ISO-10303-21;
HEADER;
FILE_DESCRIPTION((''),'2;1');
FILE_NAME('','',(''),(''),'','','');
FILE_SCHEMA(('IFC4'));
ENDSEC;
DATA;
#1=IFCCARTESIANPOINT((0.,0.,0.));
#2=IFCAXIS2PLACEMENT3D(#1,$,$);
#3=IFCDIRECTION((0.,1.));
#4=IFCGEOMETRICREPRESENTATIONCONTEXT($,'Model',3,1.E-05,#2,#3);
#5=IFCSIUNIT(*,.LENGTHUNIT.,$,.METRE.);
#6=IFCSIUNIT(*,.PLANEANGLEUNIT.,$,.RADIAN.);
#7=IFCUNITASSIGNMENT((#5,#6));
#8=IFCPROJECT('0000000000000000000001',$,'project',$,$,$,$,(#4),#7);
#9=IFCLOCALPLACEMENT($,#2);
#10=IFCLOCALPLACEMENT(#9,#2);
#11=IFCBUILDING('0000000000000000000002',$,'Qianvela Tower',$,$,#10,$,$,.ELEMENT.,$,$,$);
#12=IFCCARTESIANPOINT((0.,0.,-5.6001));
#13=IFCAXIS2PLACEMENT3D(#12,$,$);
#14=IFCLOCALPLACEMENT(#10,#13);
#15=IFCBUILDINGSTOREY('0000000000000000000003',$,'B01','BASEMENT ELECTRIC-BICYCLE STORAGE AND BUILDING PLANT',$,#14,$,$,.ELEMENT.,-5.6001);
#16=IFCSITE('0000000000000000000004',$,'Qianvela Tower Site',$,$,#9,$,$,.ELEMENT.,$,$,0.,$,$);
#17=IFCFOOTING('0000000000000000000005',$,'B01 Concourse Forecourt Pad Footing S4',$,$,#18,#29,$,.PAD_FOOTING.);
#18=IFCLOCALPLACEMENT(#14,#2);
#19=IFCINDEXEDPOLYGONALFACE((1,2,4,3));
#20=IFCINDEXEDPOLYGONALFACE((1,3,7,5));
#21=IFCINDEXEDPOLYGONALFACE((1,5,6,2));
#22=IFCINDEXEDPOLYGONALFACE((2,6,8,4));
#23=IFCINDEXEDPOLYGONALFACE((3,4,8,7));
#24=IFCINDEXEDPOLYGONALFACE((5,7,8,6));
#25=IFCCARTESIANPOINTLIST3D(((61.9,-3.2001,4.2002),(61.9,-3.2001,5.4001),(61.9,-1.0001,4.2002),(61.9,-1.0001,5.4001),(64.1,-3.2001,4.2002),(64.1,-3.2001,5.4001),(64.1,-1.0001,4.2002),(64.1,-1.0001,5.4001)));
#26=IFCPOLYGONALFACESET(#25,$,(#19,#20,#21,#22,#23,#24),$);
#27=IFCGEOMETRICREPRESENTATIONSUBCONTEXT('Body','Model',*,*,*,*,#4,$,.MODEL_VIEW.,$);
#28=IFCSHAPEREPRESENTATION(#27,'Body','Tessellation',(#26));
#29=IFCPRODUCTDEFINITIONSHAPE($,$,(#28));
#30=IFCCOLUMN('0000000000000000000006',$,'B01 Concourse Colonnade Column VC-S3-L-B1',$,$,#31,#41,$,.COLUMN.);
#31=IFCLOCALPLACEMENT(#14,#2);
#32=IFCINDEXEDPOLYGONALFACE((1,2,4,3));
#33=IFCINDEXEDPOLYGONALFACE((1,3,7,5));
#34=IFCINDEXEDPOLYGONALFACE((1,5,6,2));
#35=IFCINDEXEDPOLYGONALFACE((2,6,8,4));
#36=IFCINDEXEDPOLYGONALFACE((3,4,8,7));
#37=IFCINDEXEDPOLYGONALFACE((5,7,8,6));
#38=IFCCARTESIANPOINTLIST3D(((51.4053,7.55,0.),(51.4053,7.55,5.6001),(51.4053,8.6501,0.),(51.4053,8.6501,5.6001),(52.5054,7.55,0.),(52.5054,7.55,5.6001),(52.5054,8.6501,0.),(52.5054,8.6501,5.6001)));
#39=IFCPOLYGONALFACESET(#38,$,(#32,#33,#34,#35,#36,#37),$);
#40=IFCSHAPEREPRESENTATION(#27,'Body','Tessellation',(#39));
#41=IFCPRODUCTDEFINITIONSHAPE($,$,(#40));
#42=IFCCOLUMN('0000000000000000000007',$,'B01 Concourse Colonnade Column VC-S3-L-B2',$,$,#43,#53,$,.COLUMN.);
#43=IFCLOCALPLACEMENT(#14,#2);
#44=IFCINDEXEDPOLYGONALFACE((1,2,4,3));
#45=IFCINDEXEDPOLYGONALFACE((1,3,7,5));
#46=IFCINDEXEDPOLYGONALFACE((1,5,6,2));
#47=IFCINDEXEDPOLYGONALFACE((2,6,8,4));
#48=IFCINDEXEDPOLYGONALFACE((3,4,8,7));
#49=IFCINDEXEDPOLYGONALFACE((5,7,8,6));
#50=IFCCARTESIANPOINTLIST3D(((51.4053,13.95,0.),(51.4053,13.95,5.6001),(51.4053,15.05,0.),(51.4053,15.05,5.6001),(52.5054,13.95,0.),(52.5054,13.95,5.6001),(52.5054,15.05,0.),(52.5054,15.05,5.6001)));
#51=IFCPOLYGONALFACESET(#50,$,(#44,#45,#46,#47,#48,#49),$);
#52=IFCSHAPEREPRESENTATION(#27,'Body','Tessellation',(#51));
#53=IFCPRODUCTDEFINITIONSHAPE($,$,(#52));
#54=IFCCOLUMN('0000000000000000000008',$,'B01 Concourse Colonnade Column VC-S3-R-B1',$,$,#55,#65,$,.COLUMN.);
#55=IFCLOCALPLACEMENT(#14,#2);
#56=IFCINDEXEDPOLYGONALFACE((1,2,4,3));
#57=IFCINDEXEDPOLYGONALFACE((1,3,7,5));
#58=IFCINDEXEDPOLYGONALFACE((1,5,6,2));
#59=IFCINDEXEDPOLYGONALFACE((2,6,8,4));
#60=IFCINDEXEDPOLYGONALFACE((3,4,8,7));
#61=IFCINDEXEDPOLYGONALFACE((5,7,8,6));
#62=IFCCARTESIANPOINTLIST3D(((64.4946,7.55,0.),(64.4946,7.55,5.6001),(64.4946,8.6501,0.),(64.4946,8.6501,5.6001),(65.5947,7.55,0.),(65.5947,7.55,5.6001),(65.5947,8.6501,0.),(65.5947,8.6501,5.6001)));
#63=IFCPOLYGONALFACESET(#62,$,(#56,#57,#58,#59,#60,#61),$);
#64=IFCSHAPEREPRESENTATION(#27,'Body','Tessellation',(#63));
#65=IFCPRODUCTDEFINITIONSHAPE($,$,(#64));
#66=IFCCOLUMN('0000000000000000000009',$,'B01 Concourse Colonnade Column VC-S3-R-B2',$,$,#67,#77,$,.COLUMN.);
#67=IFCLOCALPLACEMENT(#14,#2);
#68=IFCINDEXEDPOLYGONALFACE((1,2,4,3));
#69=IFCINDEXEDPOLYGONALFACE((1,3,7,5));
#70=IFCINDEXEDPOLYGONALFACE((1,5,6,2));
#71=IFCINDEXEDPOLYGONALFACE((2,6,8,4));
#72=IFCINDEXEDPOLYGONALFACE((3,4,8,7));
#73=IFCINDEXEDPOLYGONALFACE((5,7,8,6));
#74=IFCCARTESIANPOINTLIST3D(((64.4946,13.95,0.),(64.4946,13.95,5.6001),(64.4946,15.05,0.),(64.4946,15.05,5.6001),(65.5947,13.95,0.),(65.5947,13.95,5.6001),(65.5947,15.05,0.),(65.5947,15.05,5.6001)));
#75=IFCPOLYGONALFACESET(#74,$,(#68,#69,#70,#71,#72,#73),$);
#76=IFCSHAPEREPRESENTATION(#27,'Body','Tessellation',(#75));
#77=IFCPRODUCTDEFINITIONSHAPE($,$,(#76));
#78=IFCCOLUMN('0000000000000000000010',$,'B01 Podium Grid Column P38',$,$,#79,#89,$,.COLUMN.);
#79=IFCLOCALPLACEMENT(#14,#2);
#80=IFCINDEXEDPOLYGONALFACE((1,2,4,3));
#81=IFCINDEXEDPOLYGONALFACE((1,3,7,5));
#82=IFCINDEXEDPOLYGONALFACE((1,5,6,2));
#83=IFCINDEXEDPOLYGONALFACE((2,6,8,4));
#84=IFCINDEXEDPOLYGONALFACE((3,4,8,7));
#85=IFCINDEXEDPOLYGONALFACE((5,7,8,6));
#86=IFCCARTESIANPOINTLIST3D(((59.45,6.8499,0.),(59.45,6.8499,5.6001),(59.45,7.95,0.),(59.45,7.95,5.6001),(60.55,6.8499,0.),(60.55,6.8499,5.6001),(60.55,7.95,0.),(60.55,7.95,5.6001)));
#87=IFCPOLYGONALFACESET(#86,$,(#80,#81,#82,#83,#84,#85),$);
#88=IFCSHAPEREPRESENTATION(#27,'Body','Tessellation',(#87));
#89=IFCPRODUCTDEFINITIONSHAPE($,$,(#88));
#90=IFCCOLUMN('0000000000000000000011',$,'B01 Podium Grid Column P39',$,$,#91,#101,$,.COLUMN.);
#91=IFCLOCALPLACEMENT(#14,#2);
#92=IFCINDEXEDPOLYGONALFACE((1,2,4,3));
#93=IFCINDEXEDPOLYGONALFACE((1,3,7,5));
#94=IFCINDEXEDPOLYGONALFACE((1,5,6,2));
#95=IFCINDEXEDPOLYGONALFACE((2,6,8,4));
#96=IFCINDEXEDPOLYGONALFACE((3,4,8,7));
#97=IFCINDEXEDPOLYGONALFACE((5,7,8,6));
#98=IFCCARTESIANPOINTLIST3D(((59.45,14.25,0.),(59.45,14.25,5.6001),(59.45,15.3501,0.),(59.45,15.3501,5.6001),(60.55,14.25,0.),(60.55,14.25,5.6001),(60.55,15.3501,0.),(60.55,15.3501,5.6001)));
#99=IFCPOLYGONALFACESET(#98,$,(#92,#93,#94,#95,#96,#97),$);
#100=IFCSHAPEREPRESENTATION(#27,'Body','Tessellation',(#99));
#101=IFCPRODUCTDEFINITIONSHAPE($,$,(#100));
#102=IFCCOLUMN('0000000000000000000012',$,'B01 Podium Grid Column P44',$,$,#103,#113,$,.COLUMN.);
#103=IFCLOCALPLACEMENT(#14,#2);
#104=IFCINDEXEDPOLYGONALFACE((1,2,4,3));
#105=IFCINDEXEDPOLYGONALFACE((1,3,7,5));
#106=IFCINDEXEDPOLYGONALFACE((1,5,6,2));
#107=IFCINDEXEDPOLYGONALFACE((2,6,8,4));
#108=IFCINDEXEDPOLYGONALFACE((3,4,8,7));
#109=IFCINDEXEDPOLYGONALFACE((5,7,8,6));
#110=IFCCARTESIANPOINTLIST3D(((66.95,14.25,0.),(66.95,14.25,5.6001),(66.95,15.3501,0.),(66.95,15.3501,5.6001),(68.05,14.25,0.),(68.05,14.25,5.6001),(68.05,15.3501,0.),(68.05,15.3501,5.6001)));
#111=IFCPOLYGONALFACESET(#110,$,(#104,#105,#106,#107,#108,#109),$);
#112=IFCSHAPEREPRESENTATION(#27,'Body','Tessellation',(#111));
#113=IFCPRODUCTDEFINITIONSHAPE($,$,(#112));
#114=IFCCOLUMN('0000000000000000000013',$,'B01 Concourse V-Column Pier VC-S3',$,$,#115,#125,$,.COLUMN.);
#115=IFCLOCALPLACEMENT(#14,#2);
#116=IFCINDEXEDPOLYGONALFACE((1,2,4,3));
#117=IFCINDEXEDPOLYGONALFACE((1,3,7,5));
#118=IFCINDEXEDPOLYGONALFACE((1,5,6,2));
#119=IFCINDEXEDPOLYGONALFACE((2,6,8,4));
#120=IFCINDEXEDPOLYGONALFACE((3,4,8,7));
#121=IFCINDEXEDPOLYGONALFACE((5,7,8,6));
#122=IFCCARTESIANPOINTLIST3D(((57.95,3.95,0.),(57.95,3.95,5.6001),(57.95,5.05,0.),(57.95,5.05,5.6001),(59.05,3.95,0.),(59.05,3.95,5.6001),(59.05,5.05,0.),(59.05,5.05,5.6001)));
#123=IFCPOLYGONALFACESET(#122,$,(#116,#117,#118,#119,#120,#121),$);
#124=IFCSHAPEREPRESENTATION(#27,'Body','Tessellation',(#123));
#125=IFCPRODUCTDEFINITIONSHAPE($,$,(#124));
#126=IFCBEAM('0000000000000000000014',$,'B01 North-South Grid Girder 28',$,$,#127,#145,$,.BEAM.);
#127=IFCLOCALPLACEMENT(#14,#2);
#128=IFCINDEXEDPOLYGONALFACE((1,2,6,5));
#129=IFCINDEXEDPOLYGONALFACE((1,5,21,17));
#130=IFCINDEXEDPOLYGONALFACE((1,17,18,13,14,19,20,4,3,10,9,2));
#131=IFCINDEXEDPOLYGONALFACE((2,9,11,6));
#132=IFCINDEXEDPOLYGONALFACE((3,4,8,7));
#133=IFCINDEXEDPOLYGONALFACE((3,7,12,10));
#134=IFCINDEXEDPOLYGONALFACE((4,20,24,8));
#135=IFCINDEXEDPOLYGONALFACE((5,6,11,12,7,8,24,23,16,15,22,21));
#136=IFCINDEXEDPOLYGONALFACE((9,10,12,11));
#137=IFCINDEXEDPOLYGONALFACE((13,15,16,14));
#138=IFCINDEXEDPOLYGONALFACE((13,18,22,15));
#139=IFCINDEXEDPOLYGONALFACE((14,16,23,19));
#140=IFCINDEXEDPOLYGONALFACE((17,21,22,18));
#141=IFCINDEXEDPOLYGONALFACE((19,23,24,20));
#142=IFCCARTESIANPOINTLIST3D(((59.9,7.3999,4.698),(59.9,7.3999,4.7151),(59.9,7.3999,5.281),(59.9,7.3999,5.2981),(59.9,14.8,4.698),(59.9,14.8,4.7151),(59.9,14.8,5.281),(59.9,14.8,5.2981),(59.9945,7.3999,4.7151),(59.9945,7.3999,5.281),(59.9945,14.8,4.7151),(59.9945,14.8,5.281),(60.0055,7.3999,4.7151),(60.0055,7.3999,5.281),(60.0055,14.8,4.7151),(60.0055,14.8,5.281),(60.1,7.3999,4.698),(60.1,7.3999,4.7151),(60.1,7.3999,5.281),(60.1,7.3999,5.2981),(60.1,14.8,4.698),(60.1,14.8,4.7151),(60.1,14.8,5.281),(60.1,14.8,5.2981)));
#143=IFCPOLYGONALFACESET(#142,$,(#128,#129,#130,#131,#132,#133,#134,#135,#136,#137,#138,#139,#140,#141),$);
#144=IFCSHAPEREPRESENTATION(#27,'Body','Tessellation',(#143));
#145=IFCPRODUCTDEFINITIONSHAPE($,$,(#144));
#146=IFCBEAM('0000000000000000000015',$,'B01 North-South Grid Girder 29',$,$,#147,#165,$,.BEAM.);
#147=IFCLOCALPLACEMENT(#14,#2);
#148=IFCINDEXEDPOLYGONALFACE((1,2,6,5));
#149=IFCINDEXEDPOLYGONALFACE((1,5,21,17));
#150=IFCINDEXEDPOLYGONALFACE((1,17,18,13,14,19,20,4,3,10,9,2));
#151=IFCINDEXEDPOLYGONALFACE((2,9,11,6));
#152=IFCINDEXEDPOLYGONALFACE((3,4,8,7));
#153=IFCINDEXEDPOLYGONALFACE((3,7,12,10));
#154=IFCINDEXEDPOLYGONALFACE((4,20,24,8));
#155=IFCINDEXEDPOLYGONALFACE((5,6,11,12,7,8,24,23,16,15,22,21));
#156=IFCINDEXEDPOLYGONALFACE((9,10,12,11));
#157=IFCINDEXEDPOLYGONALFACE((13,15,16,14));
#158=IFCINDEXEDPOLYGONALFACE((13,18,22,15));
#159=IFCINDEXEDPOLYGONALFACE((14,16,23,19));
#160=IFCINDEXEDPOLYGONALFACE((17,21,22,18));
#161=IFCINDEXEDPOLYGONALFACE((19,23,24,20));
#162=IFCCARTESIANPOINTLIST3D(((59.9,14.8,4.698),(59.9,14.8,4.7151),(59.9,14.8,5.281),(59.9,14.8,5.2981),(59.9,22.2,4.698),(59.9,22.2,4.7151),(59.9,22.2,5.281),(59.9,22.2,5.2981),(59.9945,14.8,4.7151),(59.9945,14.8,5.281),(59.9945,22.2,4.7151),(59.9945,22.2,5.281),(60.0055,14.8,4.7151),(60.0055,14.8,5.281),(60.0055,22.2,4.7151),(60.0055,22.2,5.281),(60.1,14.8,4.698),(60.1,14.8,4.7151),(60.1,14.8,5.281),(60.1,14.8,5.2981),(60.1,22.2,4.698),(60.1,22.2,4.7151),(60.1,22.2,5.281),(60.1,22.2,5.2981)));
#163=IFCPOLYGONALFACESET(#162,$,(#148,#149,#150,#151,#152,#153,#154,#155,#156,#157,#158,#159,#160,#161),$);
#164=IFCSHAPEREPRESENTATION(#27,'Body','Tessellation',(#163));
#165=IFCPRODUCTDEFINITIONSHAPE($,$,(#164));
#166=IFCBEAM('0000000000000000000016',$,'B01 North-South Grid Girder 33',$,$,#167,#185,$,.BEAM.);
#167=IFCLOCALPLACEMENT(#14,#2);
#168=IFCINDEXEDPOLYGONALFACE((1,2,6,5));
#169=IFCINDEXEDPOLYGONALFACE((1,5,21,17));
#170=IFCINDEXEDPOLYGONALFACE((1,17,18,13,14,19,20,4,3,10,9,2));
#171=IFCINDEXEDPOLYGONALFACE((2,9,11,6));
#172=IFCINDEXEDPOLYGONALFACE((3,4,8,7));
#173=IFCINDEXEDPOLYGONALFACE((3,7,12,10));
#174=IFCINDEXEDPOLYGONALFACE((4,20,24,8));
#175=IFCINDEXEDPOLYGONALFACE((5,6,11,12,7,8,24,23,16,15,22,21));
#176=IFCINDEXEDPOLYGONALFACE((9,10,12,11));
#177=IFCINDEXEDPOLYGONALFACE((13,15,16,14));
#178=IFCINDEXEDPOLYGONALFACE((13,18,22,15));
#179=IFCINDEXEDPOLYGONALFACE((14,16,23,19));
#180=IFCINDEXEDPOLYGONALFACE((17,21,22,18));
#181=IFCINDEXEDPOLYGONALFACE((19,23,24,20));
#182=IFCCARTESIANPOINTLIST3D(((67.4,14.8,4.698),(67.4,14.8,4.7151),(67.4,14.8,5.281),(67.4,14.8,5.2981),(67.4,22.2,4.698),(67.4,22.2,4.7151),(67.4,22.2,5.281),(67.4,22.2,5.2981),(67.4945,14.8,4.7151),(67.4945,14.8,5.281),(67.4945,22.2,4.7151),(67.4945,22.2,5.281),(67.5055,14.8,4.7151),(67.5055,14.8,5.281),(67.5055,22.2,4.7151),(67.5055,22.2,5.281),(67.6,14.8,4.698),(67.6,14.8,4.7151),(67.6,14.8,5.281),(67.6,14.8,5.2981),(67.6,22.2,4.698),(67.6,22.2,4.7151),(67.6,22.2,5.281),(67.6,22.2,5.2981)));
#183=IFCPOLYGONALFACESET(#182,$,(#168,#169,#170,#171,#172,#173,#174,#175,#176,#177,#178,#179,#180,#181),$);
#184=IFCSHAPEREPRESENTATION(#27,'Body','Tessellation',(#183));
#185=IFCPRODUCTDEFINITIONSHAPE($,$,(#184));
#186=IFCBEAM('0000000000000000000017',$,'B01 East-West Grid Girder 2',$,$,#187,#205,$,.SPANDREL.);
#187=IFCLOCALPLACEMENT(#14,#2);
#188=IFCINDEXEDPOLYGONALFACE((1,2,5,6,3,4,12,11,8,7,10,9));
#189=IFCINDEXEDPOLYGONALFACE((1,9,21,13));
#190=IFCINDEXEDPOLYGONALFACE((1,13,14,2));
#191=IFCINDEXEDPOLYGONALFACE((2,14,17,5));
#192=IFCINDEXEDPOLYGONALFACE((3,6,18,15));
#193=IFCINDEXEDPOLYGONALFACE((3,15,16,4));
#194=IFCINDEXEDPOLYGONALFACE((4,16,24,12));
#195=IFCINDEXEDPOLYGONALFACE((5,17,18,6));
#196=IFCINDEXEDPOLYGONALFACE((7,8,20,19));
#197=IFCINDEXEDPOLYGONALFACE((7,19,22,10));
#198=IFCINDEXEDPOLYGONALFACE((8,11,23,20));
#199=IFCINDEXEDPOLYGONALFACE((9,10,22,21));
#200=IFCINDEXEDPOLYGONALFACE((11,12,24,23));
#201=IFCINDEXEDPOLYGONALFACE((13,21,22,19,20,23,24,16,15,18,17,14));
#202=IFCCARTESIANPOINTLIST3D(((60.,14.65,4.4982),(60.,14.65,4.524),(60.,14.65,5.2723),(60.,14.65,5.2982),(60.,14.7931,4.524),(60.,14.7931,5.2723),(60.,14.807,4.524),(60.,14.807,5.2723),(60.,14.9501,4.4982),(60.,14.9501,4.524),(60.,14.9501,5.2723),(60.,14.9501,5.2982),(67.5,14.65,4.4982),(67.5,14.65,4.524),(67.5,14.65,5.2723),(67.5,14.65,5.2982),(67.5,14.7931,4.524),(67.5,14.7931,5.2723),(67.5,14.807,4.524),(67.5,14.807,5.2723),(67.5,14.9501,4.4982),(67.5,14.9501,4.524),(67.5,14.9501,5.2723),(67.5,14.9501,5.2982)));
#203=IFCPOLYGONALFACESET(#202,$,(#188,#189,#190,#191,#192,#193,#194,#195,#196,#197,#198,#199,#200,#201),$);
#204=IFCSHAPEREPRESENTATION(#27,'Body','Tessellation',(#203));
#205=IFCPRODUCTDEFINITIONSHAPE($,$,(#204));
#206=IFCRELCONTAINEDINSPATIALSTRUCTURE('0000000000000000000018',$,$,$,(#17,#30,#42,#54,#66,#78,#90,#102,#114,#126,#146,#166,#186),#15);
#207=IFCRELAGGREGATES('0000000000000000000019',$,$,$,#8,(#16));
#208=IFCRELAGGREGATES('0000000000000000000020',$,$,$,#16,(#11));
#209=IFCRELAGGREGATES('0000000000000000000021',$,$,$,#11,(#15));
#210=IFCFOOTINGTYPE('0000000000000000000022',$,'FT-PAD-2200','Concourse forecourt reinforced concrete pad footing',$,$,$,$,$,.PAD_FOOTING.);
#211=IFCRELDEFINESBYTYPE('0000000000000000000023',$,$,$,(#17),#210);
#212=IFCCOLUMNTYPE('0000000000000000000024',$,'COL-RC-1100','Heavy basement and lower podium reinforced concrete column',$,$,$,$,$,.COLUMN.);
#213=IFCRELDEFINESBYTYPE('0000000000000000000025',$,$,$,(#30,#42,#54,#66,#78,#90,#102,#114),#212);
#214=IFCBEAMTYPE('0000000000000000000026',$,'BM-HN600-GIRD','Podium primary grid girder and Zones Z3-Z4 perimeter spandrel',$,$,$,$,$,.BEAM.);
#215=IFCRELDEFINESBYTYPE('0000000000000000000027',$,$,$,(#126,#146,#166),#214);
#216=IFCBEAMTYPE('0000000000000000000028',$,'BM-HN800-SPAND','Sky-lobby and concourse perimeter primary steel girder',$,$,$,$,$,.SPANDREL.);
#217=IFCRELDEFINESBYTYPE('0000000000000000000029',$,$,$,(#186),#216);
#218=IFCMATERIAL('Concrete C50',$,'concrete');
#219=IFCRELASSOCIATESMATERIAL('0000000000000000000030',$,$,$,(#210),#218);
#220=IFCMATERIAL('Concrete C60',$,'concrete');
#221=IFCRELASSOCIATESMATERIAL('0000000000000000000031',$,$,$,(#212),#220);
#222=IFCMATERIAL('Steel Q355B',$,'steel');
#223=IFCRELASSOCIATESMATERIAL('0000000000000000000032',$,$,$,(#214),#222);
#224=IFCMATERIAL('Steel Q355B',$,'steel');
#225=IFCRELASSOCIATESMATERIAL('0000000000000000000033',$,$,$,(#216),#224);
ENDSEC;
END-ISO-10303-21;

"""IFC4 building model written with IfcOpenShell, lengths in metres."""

from ifc_helpers import new_model, si_unit, direction, frame, origin, origin_2d, place, context, subcontext, project, spatial, rectangle, i_section, extrude, material, material_profile, profile_set, type_object, element, save


model = new_model("IFC4")

# Units and contexts
model_context = context("Model", 3, precision=1e-05, world=origin(), true_north=direction((0.0, 1.0)))
body_context = subcontext(model_context, "Body", "Model", "MODEL_VIEW")
ifc_project = project(units=[si_unit("LENGTHUNIT", "METRE"), si_unit("PLANEANGLEUNIT", "RADIAN")], contexts=[model_context])

# Site, building, storey
site_placement = place(None, origin())
site = spatial("IfcSite", under=ifc_project, at=site_placement, Name="Qianvela Tower Site", CompositionType="ELEMENT", RefElevation=0.0)
building_placement = place(site_placement, origin())
building = spatial("IfcBuilding", under=site, at=building_placement, Name="Qianvela Tower", CompositionType="ELEMENT")
storey_placement = place(building_placement, frame((0.0, 0.0, -5.6001)))
storey = spatial("IfcBuildingStorey", under=building, at=storey_placement, Name="B01", Description="BASEMENT ELECTRIC-BICYCLE STORAGE AND BUILDING PLANT", CompositionType="ELEMENT", Elevation=-5.6001)

# Footing
ifc_material_1 = material(Name="Concrete C50", Category="concrete")
footing_type = type_object("IfcFootingType", Name="FT-PAD-2200", Description="Concourse forecourt reinforced concrete pad footing", PredefinedType="PAD_FOOTING", material=ifc_material_1)
footing_placement = place(storey_placement, frame((63.0, -2.1001, 4.2002), z_axis=(0.0, 0.0, 1.0), x_axis=(1.0, 0.0, 0.0)))
element("IfcFooting", 1, at=footing_placement, inside=storey, type_object=footing_type, Name="B01 Concourse Forecourt Pad Footing S4", PredefinedType="PAD_FOOTING", context=body_context, shape_type="SweptSolid", body=[
    extrude(rectangle(XDim=2.2, YDim=2.2, at=origin_2d()), origin(), (0.0, 0.0, 1.0), 1.2),
])

# Columns
ifc_material_2 = material(Name="Concrete C60", Category="concrete")
ifc_material_profile_1 = material_profile(ifc_material_2, rectangle(XDim=1.1001, YDim=1.1001, at=origin_2d()), Name="RC-COL-1100x1100")
ifc_profile_set_1 = profile_set([ifc_material_profile_1], Name="Concrete C60")
column_type = type_object("IfcColumnType", Name="COL-RC-1100", Description="Heavy basement and lower podium reinforced concrete column", PredefinedType="COLUMN", material=ifc_profile_set_1)
for number, where, z_axis, x_axis, name in (
    (2, (51.9553, 8.1001, 0.0), (0.0, 0.0, 1.0), (1.0, 0.0, 0.0), "B01 Concourse Colonnade Column VC-S3-L-B1"),
    (3, (51.9553, 14.5, 0.0), (0.0, 0.0, 1.0), (1.0, 0.0, 0.0), "B01 Concourse Colonnade Column VC-S3-L-B2"),
    (4, (65.0447, 8.1001, 0.0), (0.0, 0.0, 1.0), (1.0, 0.0, 0.0), "B01 Concourse Colonnade Column VC-S3-R-B1"),
    (5, (65.0447, 14.5, 0.0), (0.0, 0.0, 1.0), (1.0, 0.0, 0.0), "B01 Concourse Colonnade Column VC-S3-R-B2"),
    (6, (60.0, 7.3999, 0.0), (0.0, 0.0, 1.0), (1.0, 0.0, 0.0), "B01 Podium Grid Column P38"),
    (7, (60.0, 14.8, 0.0), (0.0, 0.0, 1.0), (1.0, 0.0, 0.0), "B01 Podium Grid Column P39"),
    (8, (67.5, 14.8, 0.0), (0.0, 0.0, 1.0), (1.0, 0.0, 0.0), "B01 Podium Grid Column P44"),
    (9, (58.5, 4.5, 0.0), (0.0, 0.0, 1.0), (1.0, 0.0, 0.0), "B01 Concourse V-Column Pier VC-S3"),
):
    element("IfcColumn", number, at=place(storey_placement, frame(where, z_axis=z_axis, x_axis=x_axis)), inside=storey, type_object=column_type, Name=name, PredefinedType="COLUMN", context=body_context, shape_type="SweptSolid", body=[
        extrude(rectangle(XDim=1.1001, YDim=1.1001, at=origin_2d()), origin(), (0.0, 0.0, 1.0), 5.6001),
    ])

# Beams
ifc_material_3 = material(Name="Steel Q355B", Category="steel")
ifc_material_profile_2 = material_profile(ifc_material_3, i_section(OverallWidth=0.2, OverallDepth=0.6001, WebThickness=0.011, FlangeThickness=0.0171, at=origin_2d()), Name="HN600x200x11x17")
ifc_profile_set_2 = profile_set([ifc_material_profile_2], Name="Steel Q355B")
beam_type_1 = type_object("IfcBeamType", Name="BM-HN600-GIRD", Description="Podium primary grid girder and Zones Z3-Z4 perimeter spandrel", PredefinedType="BEAM", material=ifc_profile_set_2)
beam_1_placement = place(storey_placement, frame((60.0, 7.3999, 4.998), z_axis=(0.0, 1.0, 0.0), x_axis=(-1.0, 0.0, 0.0)))
element("IfcBeam", 10, at=beam_1_placement, inside=storey, type_object=beam_type_1, Name="B01 North-South Grid Girder 28", PredefinedType="BEAM", context=body_context, shape_type="SweptSolid", body=[
    extrude(i_section(OverallWidth=0.2, OverallDepth=0.6001, WebThickness=0.011, FlangeThickness=0.0171, at=origin_2d()), origin(), (0.0, 0.0, 1.0), 7.4001),
])
for number, where, z_axis, x_axis, name in (
    (11, (60.0, 14.8, 4.998), (0.0, 1.0, 0.0), (-1.0, 0.0, 0.0), "B01 North-South Grid Girder 29"),
    (12, (67.5, 14.8, 4.998), (0.0, 1.0, 0.0), (-1.0, 0.0, 0.0), "B01 North-South Grid Girder 33"),
):
    element("IfcBeam", number, at=place(storey_placement, frame(where, z_axis=z_axis, x_axis=x_axis)), inside=storey, type_object=beam_type_1, Name=name, PredefinedType="BEAM", context=body_context, shape_type="SweptSolid", body=[
        extrude(i_section(OverallWidth=0.2, OverallDepth=0.6001, WebThickness=0.011, FlangeThickness=0.0171, at=origin_2d()), origin(), (0.0, 0.0, 1.0), 7.3999),
    ])
ifc_material_4 = material(Name="Steel Q355B", Category="steel")
ifc_material_profile_3 = material_profile(ifc_material_4, i_section(OverallWidth=0.3, OverallDepth=0.8, WebThickness=0.0139, FlangeThickness=0.0259, at=origin_2d()), Name="HN800x300x14x26")
ifc_profile_set_3 = profile_set([ifc_material_profile_3], Name="Steel Q355B")
beam_type_2 = type_object("IfcBeamType", Name="BM-HN800-SPAND", Description="Sky-lobby and concourse perimeter primary steel girder", PredefinedType="SPANDREL", material=ifc_profile_set_3)
beam_2_placement = place(storey_placement, frame((60.0, 14.8, 4.8982), z_axis=(1.0, 0.0, 0.0), x_axis=(0.0, 1.0, 0.0)))
element("IfcBeam", 13, at=beam_2_placement, inside=storey, type_object=beam_type_2, Name="B01 East-West Grid Girder 2", PredefinedType="SPANDREL", context=body_context, shape_type="SweptSolid", body=[
    extrude(i_section(OverallWidth=0.3, OverallDepth=0.8, WebThickness=0.0139, FlangeThickness=0.0259, at=origin_2d()), origin(), (0.0, 0.0, 1.0), 7.5),
])

save(model, "model.ifc")
